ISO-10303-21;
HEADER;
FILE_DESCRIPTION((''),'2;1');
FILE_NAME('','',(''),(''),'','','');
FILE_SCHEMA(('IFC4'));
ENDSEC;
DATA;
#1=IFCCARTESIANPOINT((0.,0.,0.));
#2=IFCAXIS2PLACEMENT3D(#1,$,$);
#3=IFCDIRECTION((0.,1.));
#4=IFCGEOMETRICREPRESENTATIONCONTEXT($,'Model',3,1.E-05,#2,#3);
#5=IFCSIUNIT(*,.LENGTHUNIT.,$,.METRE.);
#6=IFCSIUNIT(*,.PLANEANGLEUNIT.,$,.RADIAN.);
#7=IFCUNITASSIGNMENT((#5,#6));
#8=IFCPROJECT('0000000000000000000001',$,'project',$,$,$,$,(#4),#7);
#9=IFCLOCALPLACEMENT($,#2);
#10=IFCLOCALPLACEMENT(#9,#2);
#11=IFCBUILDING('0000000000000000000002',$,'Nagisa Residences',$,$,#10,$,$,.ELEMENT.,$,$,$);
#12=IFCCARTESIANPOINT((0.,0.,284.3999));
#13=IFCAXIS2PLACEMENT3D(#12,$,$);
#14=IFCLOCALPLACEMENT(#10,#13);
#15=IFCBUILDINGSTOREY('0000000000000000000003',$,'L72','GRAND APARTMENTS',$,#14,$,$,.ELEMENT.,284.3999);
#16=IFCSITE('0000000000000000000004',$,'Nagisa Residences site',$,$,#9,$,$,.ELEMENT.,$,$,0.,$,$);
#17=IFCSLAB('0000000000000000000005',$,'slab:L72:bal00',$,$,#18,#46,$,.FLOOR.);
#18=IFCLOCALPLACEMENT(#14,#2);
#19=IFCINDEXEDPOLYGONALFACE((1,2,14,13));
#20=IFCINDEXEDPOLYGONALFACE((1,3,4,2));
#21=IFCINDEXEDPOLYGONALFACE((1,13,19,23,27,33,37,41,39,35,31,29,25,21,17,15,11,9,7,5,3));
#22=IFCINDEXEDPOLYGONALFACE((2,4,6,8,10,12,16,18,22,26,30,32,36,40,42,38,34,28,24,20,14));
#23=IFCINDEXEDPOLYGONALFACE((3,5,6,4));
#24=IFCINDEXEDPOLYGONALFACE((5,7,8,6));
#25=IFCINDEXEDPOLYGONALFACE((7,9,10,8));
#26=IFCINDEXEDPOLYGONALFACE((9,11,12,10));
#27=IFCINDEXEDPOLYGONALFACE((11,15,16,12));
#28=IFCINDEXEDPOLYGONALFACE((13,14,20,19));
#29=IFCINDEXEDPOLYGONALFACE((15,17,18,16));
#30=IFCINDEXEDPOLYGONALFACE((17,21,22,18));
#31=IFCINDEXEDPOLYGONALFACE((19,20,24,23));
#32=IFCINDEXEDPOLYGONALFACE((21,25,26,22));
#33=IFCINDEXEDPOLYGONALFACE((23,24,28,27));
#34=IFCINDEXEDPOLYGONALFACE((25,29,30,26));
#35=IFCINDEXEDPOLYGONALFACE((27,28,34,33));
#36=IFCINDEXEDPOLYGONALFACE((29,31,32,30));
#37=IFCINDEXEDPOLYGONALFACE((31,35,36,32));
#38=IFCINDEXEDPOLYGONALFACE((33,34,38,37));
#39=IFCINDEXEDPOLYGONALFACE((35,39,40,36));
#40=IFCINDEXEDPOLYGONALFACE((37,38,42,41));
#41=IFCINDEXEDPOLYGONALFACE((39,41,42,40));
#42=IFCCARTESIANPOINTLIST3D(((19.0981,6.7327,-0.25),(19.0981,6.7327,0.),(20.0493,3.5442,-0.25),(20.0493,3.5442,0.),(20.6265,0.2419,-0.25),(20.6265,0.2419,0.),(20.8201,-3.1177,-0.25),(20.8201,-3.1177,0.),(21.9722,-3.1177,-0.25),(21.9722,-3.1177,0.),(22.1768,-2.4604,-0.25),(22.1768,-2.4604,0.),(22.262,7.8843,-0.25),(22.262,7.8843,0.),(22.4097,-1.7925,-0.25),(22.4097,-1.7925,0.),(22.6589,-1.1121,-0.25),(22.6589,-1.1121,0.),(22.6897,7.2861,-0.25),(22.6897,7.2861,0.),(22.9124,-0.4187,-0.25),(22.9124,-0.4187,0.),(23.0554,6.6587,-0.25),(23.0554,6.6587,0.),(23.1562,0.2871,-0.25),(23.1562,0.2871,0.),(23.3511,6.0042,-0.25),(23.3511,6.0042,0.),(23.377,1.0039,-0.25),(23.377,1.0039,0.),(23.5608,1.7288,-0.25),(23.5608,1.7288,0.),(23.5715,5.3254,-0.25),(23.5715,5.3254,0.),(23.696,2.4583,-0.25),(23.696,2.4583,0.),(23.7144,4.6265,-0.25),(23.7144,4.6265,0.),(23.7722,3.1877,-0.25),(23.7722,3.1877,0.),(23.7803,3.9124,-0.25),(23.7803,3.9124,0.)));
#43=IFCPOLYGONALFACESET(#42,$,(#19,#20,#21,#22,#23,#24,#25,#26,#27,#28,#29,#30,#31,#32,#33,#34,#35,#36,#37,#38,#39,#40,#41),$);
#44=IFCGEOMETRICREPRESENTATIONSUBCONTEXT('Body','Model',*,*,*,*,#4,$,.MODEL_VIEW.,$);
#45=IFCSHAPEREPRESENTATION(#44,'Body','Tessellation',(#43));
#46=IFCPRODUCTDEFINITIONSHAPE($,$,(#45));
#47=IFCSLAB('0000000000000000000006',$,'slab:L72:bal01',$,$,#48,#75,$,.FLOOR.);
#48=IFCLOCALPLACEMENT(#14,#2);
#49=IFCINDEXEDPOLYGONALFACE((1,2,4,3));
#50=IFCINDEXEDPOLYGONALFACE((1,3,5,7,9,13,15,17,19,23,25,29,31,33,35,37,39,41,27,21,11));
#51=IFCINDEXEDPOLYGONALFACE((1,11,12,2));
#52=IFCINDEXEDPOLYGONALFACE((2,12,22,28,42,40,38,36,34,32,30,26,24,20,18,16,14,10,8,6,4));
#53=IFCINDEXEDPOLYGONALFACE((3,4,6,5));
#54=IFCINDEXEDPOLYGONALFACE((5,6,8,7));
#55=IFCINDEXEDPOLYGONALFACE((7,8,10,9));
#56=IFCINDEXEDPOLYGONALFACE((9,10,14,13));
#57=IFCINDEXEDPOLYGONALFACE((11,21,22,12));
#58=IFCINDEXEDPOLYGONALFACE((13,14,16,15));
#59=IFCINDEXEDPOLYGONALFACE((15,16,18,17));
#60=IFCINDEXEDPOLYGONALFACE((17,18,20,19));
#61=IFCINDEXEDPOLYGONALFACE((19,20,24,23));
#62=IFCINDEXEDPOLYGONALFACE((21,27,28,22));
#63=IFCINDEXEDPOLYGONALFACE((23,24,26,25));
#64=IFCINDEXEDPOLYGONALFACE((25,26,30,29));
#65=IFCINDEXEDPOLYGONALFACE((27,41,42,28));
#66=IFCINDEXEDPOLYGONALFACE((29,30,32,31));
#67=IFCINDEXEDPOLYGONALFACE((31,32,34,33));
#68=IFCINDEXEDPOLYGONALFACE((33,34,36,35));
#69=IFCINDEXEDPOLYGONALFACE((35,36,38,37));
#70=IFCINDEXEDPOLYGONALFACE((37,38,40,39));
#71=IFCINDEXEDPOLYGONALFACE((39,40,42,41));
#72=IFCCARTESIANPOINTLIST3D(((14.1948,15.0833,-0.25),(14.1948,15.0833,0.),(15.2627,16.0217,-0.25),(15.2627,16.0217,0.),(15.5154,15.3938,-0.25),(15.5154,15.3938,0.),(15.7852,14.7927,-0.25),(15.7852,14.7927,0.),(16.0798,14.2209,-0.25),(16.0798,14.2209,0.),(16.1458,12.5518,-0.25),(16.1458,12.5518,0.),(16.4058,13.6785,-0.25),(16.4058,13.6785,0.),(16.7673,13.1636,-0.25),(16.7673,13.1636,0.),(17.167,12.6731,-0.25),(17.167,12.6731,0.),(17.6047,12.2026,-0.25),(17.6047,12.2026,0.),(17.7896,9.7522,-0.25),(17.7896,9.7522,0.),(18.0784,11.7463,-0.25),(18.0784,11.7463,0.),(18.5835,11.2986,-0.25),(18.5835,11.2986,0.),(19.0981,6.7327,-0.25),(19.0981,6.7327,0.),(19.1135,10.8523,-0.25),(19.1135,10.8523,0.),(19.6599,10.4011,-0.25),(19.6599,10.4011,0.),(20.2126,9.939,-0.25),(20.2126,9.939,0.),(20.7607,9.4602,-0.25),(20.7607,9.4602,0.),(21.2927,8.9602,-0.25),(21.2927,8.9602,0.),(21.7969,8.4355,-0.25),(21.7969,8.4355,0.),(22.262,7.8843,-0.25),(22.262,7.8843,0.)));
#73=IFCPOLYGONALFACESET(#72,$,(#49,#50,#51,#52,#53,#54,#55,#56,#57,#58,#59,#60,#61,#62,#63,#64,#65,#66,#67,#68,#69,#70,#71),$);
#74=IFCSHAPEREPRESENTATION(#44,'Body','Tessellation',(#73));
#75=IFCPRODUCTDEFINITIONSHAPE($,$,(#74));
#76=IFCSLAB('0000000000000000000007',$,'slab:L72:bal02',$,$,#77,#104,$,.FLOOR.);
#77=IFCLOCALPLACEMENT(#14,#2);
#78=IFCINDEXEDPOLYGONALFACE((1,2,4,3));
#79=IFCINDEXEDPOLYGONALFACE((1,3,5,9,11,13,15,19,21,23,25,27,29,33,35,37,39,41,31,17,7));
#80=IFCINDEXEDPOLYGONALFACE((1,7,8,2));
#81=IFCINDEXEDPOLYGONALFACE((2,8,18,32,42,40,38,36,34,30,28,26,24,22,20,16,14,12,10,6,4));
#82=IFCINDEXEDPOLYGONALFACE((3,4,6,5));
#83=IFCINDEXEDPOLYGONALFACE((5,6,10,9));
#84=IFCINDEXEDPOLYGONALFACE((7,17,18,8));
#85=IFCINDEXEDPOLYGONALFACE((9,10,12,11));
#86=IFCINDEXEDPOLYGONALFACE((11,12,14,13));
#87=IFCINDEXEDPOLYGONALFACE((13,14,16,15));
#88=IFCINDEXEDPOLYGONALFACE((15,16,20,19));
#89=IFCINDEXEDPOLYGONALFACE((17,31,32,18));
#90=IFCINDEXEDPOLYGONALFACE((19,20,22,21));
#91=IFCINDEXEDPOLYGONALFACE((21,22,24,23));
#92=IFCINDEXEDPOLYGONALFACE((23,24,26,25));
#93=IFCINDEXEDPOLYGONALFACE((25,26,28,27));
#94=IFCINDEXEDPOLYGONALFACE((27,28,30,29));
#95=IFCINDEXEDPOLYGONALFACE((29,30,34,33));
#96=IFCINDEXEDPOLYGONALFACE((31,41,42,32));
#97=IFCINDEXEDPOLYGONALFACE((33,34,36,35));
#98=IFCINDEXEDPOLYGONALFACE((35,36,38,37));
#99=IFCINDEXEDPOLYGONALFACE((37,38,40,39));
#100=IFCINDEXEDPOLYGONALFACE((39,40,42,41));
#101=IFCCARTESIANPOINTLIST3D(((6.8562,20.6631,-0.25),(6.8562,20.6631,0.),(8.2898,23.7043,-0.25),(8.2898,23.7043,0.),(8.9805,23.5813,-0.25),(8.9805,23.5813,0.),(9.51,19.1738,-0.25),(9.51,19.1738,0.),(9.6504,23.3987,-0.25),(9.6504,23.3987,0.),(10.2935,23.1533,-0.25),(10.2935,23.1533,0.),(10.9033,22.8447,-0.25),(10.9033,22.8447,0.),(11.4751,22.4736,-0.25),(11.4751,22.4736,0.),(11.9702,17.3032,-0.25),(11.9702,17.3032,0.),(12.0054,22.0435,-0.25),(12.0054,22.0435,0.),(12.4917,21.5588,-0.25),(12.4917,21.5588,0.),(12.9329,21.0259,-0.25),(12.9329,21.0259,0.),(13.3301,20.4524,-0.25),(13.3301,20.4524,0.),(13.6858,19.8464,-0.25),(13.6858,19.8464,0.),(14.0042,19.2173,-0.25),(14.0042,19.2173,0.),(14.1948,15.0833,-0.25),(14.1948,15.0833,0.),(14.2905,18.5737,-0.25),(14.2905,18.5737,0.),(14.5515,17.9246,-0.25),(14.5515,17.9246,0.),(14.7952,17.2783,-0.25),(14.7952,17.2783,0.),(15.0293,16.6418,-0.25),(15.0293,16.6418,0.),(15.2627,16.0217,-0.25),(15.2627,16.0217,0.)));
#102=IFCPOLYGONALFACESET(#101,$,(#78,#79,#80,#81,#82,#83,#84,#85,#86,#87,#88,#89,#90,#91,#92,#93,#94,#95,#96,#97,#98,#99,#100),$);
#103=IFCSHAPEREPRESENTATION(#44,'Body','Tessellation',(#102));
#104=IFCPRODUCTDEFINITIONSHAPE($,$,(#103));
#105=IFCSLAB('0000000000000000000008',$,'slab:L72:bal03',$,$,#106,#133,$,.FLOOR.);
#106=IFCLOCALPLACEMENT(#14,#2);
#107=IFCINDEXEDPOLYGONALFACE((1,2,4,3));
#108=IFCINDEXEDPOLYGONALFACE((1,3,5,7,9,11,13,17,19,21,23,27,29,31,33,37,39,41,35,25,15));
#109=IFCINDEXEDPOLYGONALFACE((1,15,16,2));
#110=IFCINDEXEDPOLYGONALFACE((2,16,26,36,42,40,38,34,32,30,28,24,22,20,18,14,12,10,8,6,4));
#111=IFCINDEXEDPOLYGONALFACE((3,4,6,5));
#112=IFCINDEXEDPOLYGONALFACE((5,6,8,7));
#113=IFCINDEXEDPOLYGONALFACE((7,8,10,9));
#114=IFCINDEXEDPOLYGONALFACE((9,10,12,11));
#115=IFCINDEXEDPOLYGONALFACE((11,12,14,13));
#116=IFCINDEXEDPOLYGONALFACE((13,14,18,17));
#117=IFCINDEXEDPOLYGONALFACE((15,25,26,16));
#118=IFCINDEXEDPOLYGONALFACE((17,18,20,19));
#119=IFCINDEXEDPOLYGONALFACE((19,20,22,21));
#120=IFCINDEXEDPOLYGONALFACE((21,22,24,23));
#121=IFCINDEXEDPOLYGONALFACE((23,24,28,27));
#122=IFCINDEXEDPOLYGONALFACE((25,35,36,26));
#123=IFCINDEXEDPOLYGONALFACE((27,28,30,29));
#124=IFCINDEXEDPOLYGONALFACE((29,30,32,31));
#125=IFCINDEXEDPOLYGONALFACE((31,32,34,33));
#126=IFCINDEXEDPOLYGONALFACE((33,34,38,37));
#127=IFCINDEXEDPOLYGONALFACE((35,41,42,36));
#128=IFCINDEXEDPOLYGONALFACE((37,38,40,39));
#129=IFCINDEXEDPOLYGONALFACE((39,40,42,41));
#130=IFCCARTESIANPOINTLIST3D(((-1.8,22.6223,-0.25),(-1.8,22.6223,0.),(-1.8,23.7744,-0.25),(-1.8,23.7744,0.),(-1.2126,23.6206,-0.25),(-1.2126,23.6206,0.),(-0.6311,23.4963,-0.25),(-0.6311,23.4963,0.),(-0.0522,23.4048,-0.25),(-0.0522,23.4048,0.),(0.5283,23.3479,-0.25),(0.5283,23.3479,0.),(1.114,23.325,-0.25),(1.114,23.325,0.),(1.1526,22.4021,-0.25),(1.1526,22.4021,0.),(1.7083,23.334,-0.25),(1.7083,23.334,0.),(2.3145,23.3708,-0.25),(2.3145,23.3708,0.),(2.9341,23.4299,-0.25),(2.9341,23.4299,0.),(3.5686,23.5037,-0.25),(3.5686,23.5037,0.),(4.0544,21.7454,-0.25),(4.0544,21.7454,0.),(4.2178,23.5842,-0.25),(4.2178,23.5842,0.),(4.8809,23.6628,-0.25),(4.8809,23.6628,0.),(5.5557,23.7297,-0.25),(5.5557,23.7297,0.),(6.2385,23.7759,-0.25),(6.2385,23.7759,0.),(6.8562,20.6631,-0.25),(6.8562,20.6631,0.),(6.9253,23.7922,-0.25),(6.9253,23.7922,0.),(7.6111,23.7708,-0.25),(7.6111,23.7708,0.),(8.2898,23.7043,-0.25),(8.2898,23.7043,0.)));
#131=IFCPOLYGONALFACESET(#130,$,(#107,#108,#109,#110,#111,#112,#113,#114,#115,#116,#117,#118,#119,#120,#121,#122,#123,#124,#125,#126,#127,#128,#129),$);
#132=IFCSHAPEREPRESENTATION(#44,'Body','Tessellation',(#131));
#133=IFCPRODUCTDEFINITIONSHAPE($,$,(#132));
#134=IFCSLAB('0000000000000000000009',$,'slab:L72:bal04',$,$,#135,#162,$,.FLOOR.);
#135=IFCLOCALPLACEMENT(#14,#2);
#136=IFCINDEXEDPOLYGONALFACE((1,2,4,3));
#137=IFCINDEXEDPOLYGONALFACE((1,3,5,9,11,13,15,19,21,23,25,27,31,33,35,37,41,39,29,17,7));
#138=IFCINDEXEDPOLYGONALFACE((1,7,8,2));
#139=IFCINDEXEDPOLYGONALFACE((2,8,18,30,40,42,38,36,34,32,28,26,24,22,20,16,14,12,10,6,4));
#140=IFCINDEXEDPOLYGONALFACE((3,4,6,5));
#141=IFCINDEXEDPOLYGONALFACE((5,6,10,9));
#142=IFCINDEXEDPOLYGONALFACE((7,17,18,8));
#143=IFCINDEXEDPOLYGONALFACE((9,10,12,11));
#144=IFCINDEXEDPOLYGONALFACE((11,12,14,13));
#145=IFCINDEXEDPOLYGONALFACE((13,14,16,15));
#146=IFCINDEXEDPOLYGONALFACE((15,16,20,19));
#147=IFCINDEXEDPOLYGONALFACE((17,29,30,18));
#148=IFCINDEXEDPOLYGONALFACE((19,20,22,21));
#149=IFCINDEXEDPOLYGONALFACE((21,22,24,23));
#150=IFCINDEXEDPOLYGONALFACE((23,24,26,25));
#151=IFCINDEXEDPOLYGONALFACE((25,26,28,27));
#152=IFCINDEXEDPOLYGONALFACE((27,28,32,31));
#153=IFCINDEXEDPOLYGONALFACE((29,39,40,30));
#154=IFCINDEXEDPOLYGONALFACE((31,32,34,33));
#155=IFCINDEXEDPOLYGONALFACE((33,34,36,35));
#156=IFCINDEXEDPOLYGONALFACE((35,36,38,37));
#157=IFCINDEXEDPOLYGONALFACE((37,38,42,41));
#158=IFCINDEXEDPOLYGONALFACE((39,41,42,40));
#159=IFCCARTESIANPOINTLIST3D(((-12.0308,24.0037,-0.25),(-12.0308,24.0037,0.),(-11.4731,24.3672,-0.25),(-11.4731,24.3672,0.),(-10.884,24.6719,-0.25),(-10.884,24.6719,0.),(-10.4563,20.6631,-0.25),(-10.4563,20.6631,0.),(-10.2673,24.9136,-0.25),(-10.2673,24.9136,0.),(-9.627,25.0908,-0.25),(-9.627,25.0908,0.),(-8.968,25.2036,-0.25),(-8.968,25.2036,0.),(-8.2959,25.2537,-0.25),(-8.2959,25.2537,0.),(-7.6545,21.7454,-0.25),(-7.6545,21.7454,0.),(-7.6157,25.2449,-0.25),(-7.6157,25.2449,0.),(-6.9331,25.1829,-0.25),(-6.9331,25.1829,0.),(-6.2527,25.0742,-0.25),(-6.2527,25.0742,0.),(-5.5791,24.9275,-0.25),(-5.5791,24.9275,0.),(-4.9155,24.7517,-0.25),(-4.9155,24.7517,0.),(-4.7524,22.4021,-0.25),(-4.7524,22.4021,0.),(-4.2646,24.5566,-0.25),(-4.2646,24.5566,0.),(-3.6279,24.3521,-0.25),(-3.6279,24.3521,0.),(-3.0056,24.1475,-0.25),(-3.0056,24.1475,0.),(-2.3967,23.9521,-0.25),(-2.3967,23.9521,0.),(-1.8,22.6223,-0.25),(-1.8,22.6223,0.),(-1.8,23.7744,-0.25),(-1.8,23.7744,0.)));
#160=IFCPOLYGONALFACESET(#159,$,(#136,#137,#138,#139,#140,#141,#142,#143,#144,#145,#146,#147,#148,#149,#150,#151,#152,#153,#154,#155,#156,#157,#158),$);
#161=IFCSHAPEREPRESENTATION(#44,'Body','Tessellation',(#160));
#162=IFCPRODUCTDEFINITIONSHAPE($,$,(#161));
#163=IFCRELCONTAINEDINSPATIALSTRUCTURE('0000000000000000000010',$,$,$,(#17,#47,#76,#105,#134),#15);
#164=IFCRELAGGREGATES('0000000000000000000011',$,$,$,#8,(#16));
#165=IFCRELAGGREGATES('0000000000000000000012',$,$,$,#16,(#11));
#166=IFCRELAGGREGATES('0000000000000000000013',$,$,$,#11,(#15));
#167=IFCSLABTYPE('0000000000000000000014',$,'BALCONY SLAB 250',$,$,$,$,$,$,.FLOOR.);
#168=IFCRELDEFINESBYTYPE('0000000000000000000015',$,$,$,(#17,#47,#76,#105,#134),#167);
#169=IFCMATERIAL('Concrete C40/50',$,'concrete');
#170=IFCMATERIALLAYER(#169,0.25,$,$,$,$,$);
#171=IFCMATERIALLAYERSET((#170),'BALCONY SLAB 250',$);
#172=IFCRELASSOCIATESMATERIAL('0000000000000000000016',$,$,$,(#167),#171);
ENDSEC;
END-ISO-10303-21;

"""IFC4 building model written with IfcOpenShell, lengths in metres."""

from ifc_helpers import new_model, si_unit, direction, frame, origin, place, context, subcontext, project, spatial, polyline, outline, extrude, material, layer, layer_set, type_object, element, save


model = new_model("IFC4")

# Units and contexts
model_context = context("Model", 3, precision=1e-05, world=origin(), true_north=direction((0.0, 1.0)))
body_context = subcontext(model_context, "Body", "Model", "MODEL_VIEW")
ifc_project = project(units=[si_unit("LENGTHUNIT", "METRE"), si_unit("PLANEANGLEUNIT", "RADIAN")], contexts=[model_context])

# Site, building, storey
site_placement = place(None, origin())
site = spatial("IfcSite", under=ifc_project, at=site_placement, Name="Nagisa Residences site", CompositionType="ELEMENT", RefElevation=0.0)
building_placement = place(site_placement, origin())
building = spatial("IfcBuilding", under=site, at=building_placement, Name="Nagisa Residences", CompositionType="ELEMENT")
storey_placement = place(building_placement, frame((0.0, 0.0, 284.3999)))
storey = spatial("IfcBuildingStorey", under=building, at=storey_placement, Name="L72", Description="GRAND APARTMENTS", CompositionType="ELEMENT", Elevation=284.3999)

# Slabs
ifc_material_1 = material(Name="Concrete C40/50", Category="concrete")
ifc_layer_1 = layer(ifc_material_1, 0.25)
ifc_layer_set_1 = layer_set([ifc_layer_1], Name="BALCONY SLAB 250")
slab_type_1 = type_object("IfcSlabType", Name="BALCONY SLAB 250", PredefinedType="FLOOR", material=ifc_layer_set_1)
slab_1_placement = place(storey_placement, frame((0.0, 0.0, -0.25)))
element("IfcSlab", 1, at=slab_1_placement, inside=storey, type_object=slab_type_1, Name="slab:L72:bal00", PredefinedType="FLOOR", context=body_context, shape_type="SweptSolid", body=[
    extrude(outline(polyline([(21.9722, -3.1177), (22.1768, -2.4604), (22.4097, -1.7925), (22.6589, -1.1121), (22.9124, -0.4187), (23.1562, 0.2871), (23.377, 1.0039), (23.5608, 1.7288), (23.696, 2.4583), (23.7722, 3.1877), (23.7803, 3.9124), (23.7144, 4.6265), (23.5715, 5.3254), (23.3511, 6.0042), (23.0554, 6.6587), (22.6897, 7.2861), (22.262, 7.8843), (19.0981, 6.7327), (20.0493, 3.5442), (20.6265, 0.2419), (20.8201, -3.1177), (21.9722, -3.1177)])), origin(), (0.0, 0.0, 1.0), 0.25),
])
slab_2_placement = place(storey_placement, frame((0.0, 0.0, -0.25)))
element("IfcSlab", 2, at=slab_2_placement, inside=storey, type_object=slab_type_1, Name="slab:L72:bal01", PredefinedType="FLOOR", context=body_context, shape_type="SweptSolid", body=[
    extrude(outline(polyline([(22.262, 7.8843), (21.7969, 8.4355), (21.2927, 8.9602), (20.7607, 9.4602), (20.2126, 9.939), (19.6599, 10.4011), (19.1135, 10.8523), (18.5835, 11.2986), (18.0784, 11.7463), (17.6047, 12.2026), (17.167, 12.6731), (16.7673, 13.1636), (16.4058, 13.6785), (16.0798, 14.2209), (15.7852, 14.7927), (15.5154, 15.3938), (15.2627, 16.0217), (14.1948, 15.0833), (16.1458, 12.5518), (17.7896, 9.7522), (19.0981, 6.7327), (22.262, 7.8843)])), origin(), (0.0, 0.0, 1.0), 0.25),
])
slab_3_placement = place(storey_placement, frame((0.0, 0.0, -0.25)))
element("IfcSlab", 3, at=slab_3_placement, inside=storey, type_object=slab_type_1, Name="slab:L72:bal02", PredefinedType="FLOOR", context=body_context, shape_type="SweptSolid", body=[
    extrude(outline(polyline([(15.2627, 16.0217), (15.0293, 16.6418), (14.7952, 17.2783), (14.5515, 17.9246), (14.2905, 18.5737), (14.0042, 19.2173), (13.6858, 19.8464), (13.3301, 20.4524), (12.9329, 21.0259), (12.4917, 21.5588), (12.0054, 22.0435), (11.4751, 22.4736), (10.9033, 22.8447), (10.2935, 23.1533), (9.6504, 23.3987), (8.9805, 23.5813), (8.2898, 23.7043), (6.8562, 20.6631), (9.51, 19.1738), (11.9702, 17.3032), (14.1948, 15.0833), (15.2627, 16.0217)])), origin(), (0.0, 0.0, 1.0), 0.25),
])
slab_4_placement = place(storey_placement, frame((0.0, 0.0, -0.25)))
element("IfcSlab", 4, at=slab_4_placement, inside=storey, type_object=slab_type_1, Name="slab:L72:bal03", PredefinedType="FLOOR", context=body_context, shape_type="SweptSolid", body=[
    extrude(outline(polyline([(8.2898, 23.7043), (7.6111, 23.7708), (6.9253, 23.7922), (6.2385, 23.7759), (5.5557, 23.7297), (4.8809, 23.6628), (4.2178, 23.5842), (3.5686, 23.5037), (2.9341, 23.4299), (2.3145, 23.3708), (1.7083, 23.334), (1.114, 23.325), (0.5283, 23.3479), (-0.0522, 23.4048), (-0.6311, 23.4963), (-1.2126, 23.6206), (-1.8, 23.7744), (-1.8, 22.6223), (1.1526, 22.4021), (4.0544, 21.7454), (6.8562, 20.6631), (8.2898, 23.7043)])), origin(), (0.0, 0.0, 1.0), 0.25),
])
slab_5_placement = place(storey_placement, frame((0.0, 0.0, -0.25)))
element("IfcSlab", 5, at=slab_5_placement, inside=storey, type_object=slab_type_1, Name="slab:L72:bal04", PredefinedType="FLOOR", context=body_context, shape_type="SweptSolid", body=[
    extrude(outline(polyline([(-1.8, 23.7744), (-2.3967, 23.9521), (-3.0056, 24.1475), (-3.6279, 24.3521), (-4.2646, 24.5566), (-4.9155, 24.7517), (-5.5791, 24.9275), (-6.2527, 25.0742), (-6.9331, 25.1829), (-7.6157, 25.2449), (-8.2959, 25.2537), (-8.968, 25.2036), (-9.627, 25.0908), (-10.2673, 24.9136), (-10.884, 24.6719), (-11.4731, 24.3672), (-12.0308, 24.0037), (-10.4563, 20.6631), (-7.6545, 21.7454), (-4.7524, 22.4021), (-1.8, 22.6223), (-1.8, 23.7744)])), origin(), (0.0, 0.0, 1.0), 0.25),
])

save(model, "model.ifc")
